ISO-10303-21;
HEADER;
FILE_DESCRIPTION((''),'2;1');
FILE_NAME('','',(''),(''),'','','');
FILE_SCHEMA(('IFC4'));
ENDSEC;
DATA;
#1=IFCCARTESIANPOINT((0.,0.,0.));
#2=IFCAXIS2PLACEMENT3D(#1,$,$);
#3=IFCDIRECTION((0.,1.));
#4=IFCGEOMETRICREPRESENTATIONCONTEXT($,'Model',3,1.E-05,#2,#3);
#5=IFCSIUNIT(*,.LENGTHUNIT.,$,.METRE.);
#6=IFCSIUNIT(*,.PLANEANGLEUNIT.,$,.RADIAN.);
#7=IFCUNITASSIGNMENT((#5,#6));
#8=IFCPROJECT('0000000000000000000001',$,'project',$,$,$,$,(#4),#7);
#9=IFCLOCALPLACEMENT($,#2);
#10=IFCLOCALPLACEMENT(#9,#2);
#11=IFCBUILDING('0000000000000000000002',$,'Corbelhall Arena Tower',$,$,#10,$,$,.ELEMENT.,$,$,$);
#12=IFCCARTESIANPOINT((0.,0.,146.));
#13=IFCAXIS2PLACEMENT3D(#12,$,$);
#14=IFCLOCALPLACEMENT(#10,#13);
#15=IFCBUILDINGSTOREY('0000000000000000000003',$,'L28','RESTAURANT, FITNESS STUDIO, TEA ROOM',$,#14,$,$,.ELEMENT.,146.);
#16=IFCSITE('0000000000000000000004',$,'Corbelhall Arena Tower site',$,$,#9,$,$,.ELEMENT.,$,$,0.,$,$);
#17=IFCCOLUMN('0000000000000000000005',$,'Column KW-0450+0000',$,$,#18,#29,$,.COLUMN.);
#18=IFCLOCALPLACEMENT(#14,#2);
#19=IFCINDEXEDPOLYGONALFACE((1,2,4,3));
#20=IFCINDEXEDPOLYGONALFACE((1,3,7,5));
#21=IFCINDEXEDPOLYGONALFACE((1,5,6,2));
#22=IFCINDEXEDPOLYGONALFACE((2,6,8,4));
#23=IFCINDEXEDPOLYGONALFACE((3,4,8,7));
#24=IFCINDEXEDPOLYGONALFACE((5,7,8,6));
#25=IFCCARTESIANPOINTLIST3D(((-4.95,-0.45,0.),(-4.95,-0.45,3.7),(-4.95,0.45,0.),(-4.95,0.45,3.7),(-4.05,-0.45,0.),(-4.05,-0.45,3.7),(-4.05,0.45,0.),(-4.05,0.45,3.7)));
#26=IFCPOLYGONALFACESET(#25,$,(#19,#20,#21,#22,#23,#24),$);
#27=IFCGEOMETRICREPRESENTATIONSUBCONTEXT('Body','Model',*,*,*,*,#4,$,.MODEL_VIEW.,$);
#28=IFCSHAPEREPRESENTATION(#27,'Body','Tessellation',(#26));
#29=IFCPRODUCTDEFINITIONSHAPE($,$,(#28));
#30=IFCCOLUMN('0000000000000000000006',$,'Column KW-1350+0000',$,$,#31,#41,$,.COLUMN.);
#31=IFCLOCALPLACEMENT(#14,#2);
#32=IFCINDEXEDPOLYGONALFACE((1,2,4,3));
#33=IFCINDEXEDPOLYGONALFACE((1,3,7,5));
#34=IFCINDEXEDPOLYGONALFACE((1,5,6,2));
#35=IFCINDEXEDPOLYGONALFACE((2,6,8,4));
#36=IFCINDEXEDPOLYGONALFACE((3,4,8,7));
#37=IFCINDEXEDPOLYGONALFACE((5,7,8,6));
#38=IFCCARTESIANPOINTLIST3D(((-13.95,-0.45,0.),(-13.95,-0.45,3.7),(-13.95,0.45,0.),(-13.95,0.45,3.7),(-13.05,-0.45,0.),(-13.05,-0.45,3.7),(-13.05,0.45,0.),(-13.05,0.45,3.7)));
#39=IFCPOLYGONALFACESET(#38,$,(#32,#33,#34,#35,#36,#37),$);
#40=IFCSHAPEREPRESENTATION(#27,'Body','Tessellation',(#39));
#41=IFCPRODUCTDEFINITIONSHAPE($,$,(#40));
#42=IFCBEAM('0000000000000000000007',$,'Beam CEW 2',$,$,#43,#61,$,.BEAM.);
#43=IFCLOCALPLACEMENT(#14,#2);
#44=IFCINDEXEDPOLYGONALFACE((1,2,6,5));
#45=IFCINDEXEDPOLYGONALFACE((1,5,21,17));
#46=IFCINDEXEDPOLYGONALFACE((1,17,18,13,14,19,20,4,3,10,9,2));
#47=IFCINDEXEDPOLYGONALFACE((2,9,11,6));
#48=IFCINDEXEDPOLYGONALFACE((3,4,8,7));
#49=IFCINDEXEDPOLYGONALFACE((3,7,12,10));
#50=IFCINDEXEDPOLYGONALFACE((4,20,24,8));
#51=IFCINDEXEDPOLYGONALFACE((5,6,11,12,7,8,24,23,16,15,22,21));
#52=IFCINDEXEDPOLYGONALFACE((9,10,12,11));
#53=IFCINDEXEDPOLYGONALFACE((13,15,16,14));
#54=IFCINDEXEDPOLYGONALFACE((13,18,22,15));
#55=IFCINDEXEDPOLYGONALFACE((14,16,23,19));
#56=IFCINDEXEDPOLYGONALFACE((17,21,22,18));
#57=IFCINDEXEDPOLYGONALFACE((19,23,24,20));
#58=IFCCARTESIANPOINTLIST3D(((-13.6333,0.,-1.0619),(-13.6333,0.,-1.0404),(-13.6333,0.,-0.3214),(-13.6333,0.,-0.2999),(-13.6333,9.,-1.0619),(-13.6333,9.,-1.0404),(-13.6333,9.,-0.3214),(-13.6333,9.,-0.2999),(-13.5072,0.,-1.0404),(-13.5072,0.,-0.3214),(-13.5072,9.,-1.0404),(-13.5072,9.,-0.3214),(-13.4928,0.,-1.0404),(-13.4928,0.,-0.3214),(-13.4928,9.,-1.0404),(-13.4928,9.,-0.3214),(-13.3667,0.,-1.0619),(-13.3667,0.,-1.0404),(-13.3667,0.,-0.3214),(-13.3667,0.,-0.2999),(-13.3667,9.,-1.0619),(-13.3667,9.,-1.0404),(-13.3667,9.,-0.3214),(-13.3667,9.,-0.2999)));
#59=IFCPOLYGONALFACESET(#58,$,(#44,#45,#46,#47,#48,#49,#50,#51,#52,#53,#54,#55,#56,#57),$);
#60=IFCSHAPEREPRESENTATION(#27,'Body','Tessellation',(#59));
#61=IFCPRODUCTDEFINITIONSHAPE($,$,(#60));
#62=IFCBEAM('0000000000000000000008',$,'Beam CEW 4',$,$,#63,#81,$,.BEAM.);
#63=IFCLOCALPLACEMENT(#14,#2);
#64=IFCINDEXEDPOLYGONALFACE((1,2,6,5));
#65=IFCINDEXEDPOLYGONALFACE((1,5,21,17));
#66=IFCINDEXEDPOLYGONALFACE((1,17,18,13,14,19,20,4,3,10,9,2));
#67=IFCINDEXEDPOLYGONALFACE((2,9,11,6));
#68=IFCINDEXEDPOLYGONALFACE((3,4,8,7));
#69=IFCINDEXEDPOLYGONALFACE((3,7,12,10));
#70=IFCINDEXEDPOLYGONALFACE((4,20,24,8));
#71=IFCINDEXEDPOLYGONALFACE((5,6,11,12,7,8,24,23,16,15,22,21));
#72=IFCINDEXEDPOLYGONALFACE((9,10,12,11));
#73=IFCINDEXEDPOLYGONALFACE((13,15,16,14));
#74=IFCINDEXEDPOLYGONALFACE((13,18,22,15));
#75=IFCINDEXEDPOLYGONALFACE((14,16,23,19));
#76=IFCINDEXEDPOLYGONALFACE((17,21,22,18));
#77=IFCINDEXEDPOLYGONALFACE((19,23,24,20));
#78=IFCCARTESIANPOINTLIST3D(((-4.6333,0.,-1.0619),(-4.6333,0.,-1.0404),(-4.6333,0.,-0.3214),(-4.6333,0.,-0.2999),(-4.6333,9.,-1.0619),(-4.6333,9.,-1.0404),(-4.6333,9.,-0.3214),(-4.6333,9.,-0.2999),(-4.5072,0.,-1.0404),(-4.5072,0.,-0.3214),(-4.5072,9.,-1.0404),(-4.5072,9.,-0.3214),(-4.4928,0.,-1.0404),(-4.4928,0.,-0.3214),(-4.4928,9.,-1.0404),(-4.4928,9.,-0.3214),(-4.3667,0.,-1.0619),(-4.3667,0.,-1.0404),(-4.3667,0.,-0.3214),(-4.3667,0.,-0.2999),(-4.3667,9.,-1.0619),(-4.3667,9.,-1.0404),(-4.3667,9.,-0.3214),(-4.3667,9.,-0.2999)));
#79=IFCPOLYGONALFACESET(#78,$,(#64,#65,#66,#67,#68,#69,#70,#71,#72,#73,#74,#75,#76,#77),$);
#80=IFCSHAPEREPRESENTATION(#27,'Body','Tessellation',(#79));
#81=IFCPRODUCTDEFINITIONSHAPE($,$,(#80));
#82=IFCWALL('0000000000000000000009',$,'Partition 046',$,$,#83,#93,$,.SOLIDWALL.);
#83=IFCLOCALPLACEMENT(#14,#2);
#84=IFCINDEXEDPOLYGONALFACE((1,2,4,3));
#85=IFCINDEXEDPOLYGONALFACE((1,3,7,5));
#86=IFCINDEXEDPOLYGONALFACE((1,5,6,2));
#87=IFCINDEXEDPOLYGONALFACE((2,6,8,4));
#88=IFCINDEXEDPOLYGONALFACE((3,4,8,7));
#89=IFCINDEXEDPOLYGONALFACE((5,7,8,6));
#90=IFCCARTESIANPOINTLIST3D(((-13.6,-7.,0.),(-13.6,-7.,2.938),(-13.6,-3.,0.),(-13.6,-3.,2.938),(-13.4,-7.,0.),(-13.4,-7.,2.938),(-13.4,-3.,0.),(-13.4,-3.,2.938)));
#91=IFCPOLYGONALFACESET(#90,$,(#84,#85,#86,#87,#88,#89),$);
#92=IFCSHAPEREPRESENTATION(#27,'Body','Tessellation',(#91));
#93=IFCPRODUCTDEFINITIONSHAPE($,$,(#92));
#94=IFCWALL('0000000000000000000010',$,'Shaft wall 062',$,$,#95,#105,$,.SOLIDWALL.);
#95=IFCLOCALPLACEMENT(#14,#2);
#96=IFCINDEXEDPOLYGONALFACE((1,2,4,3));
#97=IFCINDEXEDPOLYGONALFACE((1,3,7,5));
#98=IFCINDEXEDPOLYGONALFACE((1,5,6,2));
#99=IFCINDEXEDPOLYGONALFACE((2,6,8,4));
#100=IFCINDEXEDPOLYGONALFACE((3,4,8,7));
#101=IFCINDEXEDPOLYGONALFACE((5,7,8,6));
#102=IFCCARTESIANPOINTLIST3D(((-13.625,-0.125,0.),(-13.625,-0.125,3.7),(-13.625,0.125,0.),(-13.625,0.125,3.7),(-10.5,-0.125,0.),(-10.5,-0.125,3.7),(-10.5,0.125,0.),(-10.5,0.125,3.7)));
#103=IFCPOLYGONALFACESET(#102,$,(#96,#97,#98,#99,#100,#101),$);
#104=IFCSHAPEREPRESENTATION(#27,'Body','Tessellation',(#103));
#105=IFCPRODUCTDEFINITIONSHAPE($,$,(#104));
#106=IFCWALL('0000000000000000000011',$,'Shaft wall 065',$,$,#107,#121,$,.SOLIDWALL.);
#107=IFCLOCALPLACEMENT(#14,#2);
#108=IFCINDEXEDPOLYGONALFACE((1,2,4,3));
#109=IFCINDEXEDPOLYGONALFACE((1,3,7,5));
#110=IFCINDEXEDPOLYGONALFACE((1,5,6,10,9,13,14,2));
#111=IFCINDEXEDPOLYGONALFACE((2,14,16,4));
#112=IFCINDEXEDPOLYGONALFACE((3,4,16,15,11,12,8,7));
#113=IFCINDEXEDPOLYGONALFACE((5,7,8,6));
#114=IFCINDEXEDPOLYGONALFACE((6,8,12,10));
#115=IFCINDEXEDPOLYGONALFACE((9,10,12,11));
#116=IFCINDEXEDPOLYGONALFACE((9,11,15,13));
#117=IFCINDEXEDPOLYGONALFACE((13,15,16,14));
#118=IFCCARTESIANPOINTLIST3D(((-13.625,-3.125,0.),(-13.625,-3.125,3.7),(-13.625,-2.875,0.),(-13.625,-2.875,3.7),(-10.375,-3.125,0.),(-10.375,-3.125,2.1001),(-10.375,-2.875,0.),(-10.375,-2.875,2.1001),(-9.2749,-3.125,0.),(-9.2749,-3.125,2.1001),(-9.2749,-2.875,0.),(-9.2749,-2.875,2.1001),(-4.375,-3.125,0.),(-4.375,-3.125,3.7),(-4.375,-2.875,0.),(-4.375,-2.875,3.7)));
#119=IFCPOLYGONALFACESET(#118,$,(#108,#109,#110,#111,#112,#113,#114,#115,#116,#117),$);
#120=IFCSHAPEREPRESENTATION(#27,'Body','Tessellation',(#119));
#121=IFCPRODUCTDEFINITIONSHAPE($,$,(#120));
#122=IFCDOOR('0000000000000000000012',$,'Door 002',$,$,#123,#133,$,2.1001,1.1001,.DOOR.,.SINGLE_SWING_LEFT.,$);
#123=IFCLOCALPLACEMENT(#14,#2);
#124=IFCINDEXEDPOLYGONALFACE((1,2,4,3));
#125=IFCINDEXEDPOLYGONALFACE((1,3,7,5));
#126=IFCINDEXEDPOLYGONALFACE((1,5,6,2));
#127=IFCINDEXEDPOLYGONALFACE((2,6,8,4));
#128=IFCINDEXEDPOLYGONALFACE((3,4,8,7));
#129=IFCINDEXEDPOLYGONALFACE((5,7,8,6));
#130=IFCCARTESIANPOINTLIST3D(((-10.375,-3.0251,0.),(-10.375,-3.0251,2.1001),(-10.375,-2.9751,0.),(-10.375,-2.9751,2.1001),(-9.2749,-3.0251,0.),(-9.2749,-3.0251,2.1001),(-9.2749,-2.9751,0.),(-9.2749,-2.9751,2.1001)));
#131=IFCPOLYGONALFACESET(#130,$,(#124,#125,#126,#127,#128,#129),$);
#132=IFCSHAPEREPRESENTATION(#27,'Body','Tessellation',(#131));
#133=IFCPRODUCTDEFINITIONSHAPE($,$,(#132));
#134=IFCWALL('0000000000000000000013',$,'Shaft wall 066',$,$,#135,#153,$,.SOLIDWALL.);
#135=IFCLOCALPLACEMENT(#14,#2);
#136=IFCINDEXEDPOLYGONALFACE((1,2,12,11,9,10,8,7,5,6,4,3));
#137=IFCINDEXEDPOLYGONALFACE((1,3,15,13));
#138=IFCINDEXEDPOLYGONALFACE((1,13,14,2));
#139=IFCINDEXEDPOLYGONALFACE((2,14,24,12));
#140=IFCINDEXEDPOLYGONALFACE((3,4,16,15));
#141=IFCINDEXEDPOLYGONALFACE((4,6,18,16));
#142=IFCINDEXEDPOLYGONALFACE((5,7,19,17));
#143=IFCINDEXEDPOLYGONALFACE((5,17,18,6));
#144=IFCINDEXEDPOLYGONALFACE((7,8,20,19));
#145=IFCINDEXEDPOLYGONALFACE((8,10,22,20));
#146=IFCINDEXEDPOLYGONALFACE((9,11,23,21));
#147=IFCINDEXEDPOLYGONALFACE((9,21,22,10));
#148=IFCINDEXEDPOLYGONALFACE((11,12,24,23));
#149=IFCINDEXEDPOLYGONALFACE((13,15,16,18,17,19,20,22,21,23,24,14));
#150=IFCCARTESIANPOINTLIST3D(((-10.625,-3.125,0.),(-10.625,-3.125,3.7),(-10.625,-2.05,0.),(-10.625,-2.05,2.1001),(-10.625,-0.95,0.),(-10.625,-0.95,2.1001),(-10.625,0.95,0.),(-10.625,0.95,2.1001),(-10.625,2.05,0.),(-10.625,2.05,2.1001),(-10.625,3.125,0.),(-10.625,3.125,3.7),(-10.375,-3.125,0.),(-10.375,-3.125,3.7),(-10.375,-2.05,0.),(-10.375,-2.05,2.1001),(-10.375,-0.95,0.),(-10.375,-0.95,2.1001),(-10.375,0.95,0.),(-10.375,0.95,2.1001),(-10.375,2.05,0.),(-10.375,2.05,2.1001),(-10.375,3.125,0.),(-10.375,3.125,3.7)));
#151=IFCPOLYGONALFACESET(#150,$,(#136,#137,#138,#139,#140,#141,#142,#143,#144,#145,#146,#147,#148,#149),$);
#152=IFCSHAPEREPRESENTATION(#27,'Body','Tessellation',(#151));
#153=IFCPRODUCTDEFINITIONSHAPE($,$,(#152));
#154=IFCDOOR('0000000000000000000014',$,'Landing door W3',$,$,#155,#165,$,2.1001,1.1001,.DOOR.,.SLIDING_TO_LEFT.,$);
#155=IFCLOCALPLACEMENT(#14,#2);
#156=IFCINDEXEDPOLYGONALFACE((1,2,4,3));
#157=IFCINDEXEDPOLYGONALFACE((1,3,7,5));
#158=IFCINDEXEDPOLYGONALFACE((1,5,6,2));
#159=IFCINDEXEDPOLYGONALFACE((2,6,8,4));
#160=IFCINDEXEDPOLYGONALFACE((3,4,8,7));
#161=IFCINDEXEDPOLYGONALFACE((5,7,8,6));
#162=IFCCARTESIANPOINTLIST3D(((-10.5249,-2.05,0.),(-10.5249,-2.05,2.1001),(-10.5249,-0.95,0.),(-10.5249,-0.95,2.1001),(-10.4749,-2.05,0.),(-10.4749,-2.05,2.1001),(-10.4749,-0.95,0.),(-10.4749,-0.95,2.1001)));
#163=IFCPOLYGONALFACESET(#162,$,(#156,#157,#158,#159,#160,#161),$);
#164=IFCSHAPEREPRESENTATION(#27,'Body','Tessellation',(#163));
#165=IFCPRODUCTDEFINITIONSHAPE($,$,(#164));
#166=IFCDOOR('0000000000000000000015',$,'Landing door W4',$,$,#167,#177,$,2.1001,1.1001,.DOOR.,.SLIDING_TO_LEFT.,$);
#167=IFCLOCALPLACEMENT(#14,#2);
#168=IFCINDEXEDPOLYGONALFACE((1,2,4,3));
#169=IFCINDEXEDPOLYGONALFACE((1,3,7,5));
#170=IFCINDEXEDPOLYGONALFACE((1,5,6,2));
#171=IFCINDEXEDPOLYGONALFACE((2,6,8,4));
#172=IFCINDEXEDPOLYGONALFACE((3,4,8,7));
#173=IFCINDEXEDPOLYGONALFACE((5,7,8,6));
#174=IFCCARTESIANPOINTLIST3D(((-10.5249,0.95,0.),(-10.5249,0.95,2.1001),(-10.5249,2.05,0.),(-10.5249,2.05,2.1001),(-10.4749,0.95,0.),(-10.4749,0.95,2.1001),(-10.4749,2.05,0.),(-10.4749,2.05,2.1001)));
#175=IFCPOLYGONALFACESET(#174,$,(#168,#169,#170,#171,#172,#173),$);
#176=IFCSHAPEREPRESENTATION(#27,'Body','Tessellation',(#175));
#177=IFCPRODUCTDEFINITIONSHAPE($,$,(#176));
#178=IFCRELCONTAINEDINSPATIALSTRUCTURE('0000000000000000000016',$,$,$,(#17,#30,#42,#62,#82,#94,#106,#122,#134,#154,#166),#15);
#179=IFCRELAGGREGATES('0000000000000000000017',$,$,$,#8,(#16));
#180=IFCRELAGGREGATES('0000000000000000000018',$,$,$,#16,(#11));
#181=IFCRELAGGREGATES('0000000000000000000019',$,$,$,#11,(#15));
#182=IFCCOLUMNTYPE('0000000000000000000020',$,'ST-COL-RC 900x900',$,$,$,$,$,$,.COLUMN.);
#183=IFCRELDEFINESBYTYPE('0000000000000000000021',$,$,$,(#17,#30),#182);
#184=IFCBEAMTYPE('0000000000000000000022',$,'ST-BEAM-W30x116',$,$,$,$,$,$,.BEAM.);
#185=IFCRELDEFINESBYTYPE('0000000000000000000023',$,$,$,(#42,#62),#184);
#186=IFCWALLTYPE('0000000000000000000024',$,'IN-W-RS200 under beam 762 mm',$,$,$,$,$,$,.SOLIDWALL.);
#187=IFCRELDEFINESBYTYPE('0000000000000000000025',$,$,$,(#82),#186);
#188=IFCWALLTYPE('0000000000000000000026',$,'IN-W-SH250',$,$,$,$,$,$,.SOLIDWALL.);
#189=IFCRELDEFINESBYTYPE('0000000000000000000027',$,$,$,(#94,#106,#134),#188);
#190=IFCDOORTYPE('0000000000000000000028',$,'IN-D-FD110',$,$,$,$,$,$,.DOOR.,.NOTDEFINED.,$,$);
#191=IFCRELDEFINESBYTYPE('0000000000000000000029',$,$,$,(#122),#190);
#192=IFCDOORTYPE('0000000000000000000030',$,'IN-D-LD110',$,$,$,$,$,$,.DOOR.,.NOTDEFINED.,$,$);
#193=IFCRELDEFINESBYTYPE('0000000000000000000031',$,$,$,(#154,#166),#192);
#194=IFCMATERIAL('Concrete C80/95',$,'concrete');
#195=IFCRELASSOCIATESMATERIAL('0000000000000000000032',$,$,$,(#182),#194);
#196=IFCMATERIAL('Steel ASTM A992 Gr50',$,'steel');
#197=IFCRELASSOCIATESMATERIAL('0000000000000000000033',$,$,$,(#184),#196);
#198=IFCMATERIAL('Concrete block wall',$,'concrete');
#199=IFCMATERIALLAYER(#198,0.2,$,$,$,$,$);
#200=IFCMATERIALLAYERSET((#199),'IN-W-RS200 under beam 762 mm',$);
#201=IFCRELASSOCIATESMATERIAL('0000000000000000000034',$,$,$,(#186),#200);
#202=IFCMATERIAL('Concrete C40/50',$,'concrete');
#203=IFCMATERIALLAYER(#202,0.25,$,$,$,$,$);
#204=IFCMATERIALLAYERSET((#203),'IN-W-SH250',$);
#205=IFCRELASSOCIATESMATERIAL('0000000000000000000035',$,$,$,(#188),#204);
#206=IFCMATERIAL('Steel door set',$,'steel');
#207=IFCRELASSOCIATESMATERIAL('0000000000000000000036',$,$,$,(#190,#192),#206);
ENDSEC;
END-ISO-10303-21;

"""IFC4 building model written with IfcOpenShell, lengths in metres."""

from ifc_helpers import new_model, si_unit, direction, frame, frame_2d, origin, origin_2d, place, context, subcontext, project, spatial, rectangle, i_section, extrude, material, layer, layer_set, material_profile, profile_set, type_object, element, fill, save


model = new_model("IFC4")

# Units and contexts
model_context = context("Model", 3, precision=1e-05, world=origin(), true_north=direction((0.0, 1.0)))
body_context = subcontext(model_context, "Body", "Model", "MODEL_VIEW")
ifc_project = project(units=[si_unit("LENGTHUNIT", "METRE"), si_unit("PLANEANGLEUNIT", "RADIAN")], contexts=[model_context])

# Site, building, storey
site_placement = place(None, origin())
site = spatial("IfcSite", under=ifc_project, at=site_placement, Name="Corbelhall Arena Tower site", CompositionType="ELEMENT", RefElevation=0.0)
building_placement = place(site_placement, origin())
building = spatial("IfcBuilding", under=site, at=building_placement, Name="Corbelhall Arena Tower", CompositionType="ELEMENT")
storey_placement = place(building_placement, frame((0.0, 0.0, 146.0)))
storey = spatial("IfcBuildingStorey", under=building, at=storey_placement, Name="L28", Description="RESTAURANT, FITNESS STUDIO, TEA ROOM", CompositionType="ELEMENT", Elevation=146.0)

# Columns
ifc_material_1 = material(Name="Concrete C80/95", Category="concrete")
ifc_material_profile_1 = material_profile(ifc_material_1, rectangle(XDim=0.8999, YDim=0.8999, at=origin_2d()))
ifc_profile_set_1 = profile_set([ifc_material_profile_1], Name="Concrete C80/95")
column_type = type_object("IfcColumnType", Name="ST-COL-RC 900x900", PredefinedType="COLUMN", material=ifc_profile_set_1)
for number, where, z_axis, x_axis, name in (
    (1, (-4.5, 0.0, 0.0), (0.0, 0.0, 1.0), (1.0, 0.0, 0.0), "Column KW-0450+0000"),
    (2, (-13.5, 0.0, 0.0), (0.0, 0.0, 1.0), (1.0, 0.0, 0.0), "Column KW-1350+0000"),
):
    element("IfcColumn", number, at=place(storey_placement, frame(where, z_axis=z_axis, x_axis=x_axis)), inside=storey, type_object=column_type, Name=name, PredefinedType="COLUMN", context=body_context, shape_type="SweptSolid", body=[
        extrude(rectangle(XDim=0.8999, YDim=0.8999, at=origin_2d()), origin(), (0.0, 0.0, 1.0), 3.7),
    ])

# Beams
ifc_material_2 = material(Name="Steel ASTM A992 Gr50", Category="steel")
ifc_material_profile_2 = material_profile(ifc_material_2, i_section(OverallWidth=0.2666, OverallDepth=0.762, WebThickness=0.0144, FlangeThickness=0.0215, at=origin_2d()))
ifc_profile_set_2 = profile_set([ifc_material_profile_2], Name="Steel ASTM A992 Gr50")
beam_type = type_object("IfcBeamType", Name="ST-BEAM-W30x116", PredefinedType="BEAM", material=ifc_profile_set_2)
for number, where, z_axis, x_axis, name in (
    (3, (-13.5, 0.0, -0.6809), (0.0, 1.0, 0.0), (-1.0, 0.0, 0.0), "Beam CEW 2"),
    (4, (-4.5, 0.0, -0.6809), (0.0, 1.0, 0.0), (-1.0, 0.0, 0.0), "Beam CEW 4"),
):
    element("IfcBeam", number, at=place(storey_placement, frame(where, z_axis=z_axis, x_axis=x_axis)), inside=storey, type_object=beam_type, Name=name, PredefinedType="BEAM", context=body_context, shape_type="SweptSolid", body=[
        extrude(i_section(OverallWidth=0.2666, OverallDepth=0.762, WebThickness=0.0144, FlangeThickness=0.0215, at=origin_2d()), origin(), (0.0, 0.0, 1.0), 9.0),
    ])

# Walls
ifc_material_3 = material(Name="Concrete block wall", Category="concrete")
ifc_layer_1 = layer(ifc_material_3, 0.2)
ifc_layer_set_1 = layer_set([ifc_layer_1], Name="IN-W-RS200 under beam 762 mm")
wall_type_1 = type_object("IfcWallType", Name="IN-W-RS200 under beam 762 mm", PredefinedType="SOLIDWALL", material=ifc_layer_set_1)
wall_1_placement = place(storey_placement, frame((-13.5, -7.0, 0.0), z_axis=(0.0, 0.0, 1.0), x_axis=(0.0, 1.0, 0.0)))
element("IfcWall", 5, at=wall_1_placement, inside=storey, type_object=wall_type_1, Name="Partition 046", PredefinedType="SOLIDWALL", context=body_context, shape_type="SweptSolid", body=[
    extrude(rectangle(XDim=4.0, YDim=0.2, at=frame_2d((2.0, 0.0))), origin(), (0.0, 0.0, 1.0), 2.938),
])
ifc_material_4 = material(Name="Concrete C40/50", Category="concrete")
ifc_layer_2 = layer(ifc_material_4, 0.25)
ifc_layer_set_2 = layer_set([ifc_layer_2], Name="IN-W-SH250")
wall_type_2 = type_object("IfcWallType", Name="IN-W-SH250", PredefinedType="SOLIDWALL", material=ifc_layer_set_2)
wall_2_placement = place(storey_placement, frame((-13.625, 0.0, 0.0), z_axis=(0.0, 0.0, 1.0), x_axis=(1.0, 0.0, 0.0)))
element("IfcWall", 6, at=wall_2_placement, inside=storey, type_object=wall_type_2, Name="Shaft wall 062", PredefinedType="SOLIDWALL", context=body_context, shape_type="SweptSolid", body=[
    extrude(rectangle(XDim=3.125, YDim=0.25, at=frame_2d((1.5625, 0.0))), origin(), (0.0, 0.0, 1.0), 3.7),
])

# Wall, opening, door
wall_3_placement = place(storey_placement, frame((-13.625, -3.0, 0.0), z_axis=(0.0, 0.0, 1.0), x_axis=(1.0, 0.0, 0.0)))
wall_3 = element("IfcWall", 7, at=wall_3_placement, inside=storey, type_object=wall_type_2, Name="Shaft wall 065", PredefinedType="SOLIDWALL", context=body_context, shape_type="SweptSolid", body=[
    extrude(rectangle(XDim=9.25, YDim=0.25, at=frame_2d((4.625, 0.0))), origin(), (0.0, 0.0, 1.0), 3.7),
])
opening_1_placement = place(wall_3_placement, frame((3.25, 0.0, 0.0)))
opening_1 = element("IfcOpeningElement", 8, at=opening_1_placement, cuts=wall_3, PredefinedType="OPENING", context=body_context, shape_type="SweptSolid", body=[
    extrude(rectangle(XDim=1.1001, YDim=2.1001, at=frame_2d((0.55, 1.05))), frame((0.0, 0.125, 0.0), z_axis=(0.0, -1.0, 0.0), x_axis=(1.0, 0.0, 0.0)), (0.0, 0.0, 1.0), 0.25),
])
ifc_material_5 = material(Name="Steel door set", Category="steel")
door_type_1 = type_object("IfcDoorType", Name="IN-D-FD110", OperationType="NOTDEFINED", PredefinedType="DOOR", material=ifc_material_5)
door_1_placement = place(opening_1_placement, origin())
door_1 = element("IfcDoor", 9, at=door_1_placement, inside=storey, type_object=door_type_1, Name="Door 002", OperationType="SINGLE_SWING_LEFT", OverallHeight=2.1001, OverallWidth=1.1001, PredefinedType="DOOR", context=body_context, shape_type="SweptSolid", body=[
    extrude(rectangle(XDim=1.1001, YDim=2.1001, at=frame_2d((0.55, 1.05))), frame((0.0, 0.0249, 0.0), z_axis=(0.0, -1.0, 0.0), x_axis=(1.0, 0.0, 0.0)), (0.0, 0.0, 1.0), 0.05),
])
fill(opening_1, door_1)

# Wall, openings, doors
wall_4_placement = place(storey_placement, frame((-10.5, -3.125, 0.0), z_axis=(0.0, 0.0, 1.0), x_axis=(0.0, 1.0, 0.0)))
wall_4 = element("IfcWall", 10, at=wall_4_placement, inside=storey, type_object=wall_type_2, Name="Shaft wall 066", PredefinedType="SOLIDWALL", context=body_context, shape_type="SweptSolid", body=[
    extrude(rectangle(XDim=6.25, YDim=0.25, at=frame_2d((3.125, 0.0))), origin(), (0.0, 0.0, 1.0), 3.7),
])
opening_2_placement = place(wall_4_placement, frame((1.075, 0.0, 0.0)))
opening_2 = element("IfcOpeningElement", 11, at=opening_2_placement, cuts=wall_4, PredefinedType="OPENING", context=body_context, shape_type="SweptSolid", body=[
    extrude(rectangle(XDim=1.1001, YDim=2.1001, at=frame_2d((0.55, 1.05))), frame((0.0, 0.125, 0.0), z_axis=(0.0, -1.0, 0.0), x_axis=(1.0, 0.0, 0.0)), (0.0, 0.0, 1.0), 0.25),
])
opening_3_placement = place(wall_4_placement, frame((4.075, 0.0, 0.0)))
opening_3 = element("IfcOpeningElement", 12, at=opening_3_placement, cuts=wall_4, PredefinedType="OPENING", context=body_context, shape_type="SweptSolid", body=[
    extrude(rectangle(XDim=1.1001, YDim=2.1001, at=frame_2d((0.55, 1.05))), frame((0.0, 0.125, 0.0), z_axis=(0.0, -1.0, 0.0), x_axis=(1.0, 0.0, 0.0)), (0.0, 0.0, 1.0), 0.25),
])
door_type_2 = type_object("IfcDoorType", Name="IN-D-LD110", OperationType="NOTDEFINED", PredefinedType="DOOR", material=ifc_material_5)
door_2_placement = place(opening_2_placement, origin())
door_2 = element("IfcDoor", 13, at=door_2_placement, inside=storey, type_object=door_type_2, Name="Landing door W3", OperationType="SLIDING_TO_LEFT", OverallHeight=2.1001, OverallWidth=1.1001, PredefinedType="DOOR", context=body_context, shape_type="SweptSolid", body=[
    extrude(rectangle(XDim=1.1001, YDim=2.1001, at=frame_2d((0.55, 1.05))), frame((0.0, 0.0249, 0.0), z_axis=(0.0, -1.0, 0.0), x_axis=(1.0, 0.0, 0.0)), (0.0, 0.0, 1.0), 0.05),
])
fill(opening_2, door_2)
door_3_placement = place(opening_3_placement, origin())
door_3 = element("IfcDoor", 14, at=door_3_placement, inside=storey, type_object=door_type_2, Name="Landing door W4", OperationType="SLIDING_TO_LEFT", OverallHeight=2.1001, OverallWidth=1.1001, PredefinedType="DOOR", context=body_context, shape_type="SweptSolid", body=[
    extrude(rectangle(XDim=1.1001, YDim=2.1001, at=frame_2d((0.55, 1.05))), frame((0.0, 0.0249, 0.0), z_axis=(0.0, -1.0, 0.0), x_axis=(1.0, 0.0, 0.0)), (0.0, 0.0, 1.0), 0.05),
])
fill(opening_3, door_3)

save(model, "model.ifc")
